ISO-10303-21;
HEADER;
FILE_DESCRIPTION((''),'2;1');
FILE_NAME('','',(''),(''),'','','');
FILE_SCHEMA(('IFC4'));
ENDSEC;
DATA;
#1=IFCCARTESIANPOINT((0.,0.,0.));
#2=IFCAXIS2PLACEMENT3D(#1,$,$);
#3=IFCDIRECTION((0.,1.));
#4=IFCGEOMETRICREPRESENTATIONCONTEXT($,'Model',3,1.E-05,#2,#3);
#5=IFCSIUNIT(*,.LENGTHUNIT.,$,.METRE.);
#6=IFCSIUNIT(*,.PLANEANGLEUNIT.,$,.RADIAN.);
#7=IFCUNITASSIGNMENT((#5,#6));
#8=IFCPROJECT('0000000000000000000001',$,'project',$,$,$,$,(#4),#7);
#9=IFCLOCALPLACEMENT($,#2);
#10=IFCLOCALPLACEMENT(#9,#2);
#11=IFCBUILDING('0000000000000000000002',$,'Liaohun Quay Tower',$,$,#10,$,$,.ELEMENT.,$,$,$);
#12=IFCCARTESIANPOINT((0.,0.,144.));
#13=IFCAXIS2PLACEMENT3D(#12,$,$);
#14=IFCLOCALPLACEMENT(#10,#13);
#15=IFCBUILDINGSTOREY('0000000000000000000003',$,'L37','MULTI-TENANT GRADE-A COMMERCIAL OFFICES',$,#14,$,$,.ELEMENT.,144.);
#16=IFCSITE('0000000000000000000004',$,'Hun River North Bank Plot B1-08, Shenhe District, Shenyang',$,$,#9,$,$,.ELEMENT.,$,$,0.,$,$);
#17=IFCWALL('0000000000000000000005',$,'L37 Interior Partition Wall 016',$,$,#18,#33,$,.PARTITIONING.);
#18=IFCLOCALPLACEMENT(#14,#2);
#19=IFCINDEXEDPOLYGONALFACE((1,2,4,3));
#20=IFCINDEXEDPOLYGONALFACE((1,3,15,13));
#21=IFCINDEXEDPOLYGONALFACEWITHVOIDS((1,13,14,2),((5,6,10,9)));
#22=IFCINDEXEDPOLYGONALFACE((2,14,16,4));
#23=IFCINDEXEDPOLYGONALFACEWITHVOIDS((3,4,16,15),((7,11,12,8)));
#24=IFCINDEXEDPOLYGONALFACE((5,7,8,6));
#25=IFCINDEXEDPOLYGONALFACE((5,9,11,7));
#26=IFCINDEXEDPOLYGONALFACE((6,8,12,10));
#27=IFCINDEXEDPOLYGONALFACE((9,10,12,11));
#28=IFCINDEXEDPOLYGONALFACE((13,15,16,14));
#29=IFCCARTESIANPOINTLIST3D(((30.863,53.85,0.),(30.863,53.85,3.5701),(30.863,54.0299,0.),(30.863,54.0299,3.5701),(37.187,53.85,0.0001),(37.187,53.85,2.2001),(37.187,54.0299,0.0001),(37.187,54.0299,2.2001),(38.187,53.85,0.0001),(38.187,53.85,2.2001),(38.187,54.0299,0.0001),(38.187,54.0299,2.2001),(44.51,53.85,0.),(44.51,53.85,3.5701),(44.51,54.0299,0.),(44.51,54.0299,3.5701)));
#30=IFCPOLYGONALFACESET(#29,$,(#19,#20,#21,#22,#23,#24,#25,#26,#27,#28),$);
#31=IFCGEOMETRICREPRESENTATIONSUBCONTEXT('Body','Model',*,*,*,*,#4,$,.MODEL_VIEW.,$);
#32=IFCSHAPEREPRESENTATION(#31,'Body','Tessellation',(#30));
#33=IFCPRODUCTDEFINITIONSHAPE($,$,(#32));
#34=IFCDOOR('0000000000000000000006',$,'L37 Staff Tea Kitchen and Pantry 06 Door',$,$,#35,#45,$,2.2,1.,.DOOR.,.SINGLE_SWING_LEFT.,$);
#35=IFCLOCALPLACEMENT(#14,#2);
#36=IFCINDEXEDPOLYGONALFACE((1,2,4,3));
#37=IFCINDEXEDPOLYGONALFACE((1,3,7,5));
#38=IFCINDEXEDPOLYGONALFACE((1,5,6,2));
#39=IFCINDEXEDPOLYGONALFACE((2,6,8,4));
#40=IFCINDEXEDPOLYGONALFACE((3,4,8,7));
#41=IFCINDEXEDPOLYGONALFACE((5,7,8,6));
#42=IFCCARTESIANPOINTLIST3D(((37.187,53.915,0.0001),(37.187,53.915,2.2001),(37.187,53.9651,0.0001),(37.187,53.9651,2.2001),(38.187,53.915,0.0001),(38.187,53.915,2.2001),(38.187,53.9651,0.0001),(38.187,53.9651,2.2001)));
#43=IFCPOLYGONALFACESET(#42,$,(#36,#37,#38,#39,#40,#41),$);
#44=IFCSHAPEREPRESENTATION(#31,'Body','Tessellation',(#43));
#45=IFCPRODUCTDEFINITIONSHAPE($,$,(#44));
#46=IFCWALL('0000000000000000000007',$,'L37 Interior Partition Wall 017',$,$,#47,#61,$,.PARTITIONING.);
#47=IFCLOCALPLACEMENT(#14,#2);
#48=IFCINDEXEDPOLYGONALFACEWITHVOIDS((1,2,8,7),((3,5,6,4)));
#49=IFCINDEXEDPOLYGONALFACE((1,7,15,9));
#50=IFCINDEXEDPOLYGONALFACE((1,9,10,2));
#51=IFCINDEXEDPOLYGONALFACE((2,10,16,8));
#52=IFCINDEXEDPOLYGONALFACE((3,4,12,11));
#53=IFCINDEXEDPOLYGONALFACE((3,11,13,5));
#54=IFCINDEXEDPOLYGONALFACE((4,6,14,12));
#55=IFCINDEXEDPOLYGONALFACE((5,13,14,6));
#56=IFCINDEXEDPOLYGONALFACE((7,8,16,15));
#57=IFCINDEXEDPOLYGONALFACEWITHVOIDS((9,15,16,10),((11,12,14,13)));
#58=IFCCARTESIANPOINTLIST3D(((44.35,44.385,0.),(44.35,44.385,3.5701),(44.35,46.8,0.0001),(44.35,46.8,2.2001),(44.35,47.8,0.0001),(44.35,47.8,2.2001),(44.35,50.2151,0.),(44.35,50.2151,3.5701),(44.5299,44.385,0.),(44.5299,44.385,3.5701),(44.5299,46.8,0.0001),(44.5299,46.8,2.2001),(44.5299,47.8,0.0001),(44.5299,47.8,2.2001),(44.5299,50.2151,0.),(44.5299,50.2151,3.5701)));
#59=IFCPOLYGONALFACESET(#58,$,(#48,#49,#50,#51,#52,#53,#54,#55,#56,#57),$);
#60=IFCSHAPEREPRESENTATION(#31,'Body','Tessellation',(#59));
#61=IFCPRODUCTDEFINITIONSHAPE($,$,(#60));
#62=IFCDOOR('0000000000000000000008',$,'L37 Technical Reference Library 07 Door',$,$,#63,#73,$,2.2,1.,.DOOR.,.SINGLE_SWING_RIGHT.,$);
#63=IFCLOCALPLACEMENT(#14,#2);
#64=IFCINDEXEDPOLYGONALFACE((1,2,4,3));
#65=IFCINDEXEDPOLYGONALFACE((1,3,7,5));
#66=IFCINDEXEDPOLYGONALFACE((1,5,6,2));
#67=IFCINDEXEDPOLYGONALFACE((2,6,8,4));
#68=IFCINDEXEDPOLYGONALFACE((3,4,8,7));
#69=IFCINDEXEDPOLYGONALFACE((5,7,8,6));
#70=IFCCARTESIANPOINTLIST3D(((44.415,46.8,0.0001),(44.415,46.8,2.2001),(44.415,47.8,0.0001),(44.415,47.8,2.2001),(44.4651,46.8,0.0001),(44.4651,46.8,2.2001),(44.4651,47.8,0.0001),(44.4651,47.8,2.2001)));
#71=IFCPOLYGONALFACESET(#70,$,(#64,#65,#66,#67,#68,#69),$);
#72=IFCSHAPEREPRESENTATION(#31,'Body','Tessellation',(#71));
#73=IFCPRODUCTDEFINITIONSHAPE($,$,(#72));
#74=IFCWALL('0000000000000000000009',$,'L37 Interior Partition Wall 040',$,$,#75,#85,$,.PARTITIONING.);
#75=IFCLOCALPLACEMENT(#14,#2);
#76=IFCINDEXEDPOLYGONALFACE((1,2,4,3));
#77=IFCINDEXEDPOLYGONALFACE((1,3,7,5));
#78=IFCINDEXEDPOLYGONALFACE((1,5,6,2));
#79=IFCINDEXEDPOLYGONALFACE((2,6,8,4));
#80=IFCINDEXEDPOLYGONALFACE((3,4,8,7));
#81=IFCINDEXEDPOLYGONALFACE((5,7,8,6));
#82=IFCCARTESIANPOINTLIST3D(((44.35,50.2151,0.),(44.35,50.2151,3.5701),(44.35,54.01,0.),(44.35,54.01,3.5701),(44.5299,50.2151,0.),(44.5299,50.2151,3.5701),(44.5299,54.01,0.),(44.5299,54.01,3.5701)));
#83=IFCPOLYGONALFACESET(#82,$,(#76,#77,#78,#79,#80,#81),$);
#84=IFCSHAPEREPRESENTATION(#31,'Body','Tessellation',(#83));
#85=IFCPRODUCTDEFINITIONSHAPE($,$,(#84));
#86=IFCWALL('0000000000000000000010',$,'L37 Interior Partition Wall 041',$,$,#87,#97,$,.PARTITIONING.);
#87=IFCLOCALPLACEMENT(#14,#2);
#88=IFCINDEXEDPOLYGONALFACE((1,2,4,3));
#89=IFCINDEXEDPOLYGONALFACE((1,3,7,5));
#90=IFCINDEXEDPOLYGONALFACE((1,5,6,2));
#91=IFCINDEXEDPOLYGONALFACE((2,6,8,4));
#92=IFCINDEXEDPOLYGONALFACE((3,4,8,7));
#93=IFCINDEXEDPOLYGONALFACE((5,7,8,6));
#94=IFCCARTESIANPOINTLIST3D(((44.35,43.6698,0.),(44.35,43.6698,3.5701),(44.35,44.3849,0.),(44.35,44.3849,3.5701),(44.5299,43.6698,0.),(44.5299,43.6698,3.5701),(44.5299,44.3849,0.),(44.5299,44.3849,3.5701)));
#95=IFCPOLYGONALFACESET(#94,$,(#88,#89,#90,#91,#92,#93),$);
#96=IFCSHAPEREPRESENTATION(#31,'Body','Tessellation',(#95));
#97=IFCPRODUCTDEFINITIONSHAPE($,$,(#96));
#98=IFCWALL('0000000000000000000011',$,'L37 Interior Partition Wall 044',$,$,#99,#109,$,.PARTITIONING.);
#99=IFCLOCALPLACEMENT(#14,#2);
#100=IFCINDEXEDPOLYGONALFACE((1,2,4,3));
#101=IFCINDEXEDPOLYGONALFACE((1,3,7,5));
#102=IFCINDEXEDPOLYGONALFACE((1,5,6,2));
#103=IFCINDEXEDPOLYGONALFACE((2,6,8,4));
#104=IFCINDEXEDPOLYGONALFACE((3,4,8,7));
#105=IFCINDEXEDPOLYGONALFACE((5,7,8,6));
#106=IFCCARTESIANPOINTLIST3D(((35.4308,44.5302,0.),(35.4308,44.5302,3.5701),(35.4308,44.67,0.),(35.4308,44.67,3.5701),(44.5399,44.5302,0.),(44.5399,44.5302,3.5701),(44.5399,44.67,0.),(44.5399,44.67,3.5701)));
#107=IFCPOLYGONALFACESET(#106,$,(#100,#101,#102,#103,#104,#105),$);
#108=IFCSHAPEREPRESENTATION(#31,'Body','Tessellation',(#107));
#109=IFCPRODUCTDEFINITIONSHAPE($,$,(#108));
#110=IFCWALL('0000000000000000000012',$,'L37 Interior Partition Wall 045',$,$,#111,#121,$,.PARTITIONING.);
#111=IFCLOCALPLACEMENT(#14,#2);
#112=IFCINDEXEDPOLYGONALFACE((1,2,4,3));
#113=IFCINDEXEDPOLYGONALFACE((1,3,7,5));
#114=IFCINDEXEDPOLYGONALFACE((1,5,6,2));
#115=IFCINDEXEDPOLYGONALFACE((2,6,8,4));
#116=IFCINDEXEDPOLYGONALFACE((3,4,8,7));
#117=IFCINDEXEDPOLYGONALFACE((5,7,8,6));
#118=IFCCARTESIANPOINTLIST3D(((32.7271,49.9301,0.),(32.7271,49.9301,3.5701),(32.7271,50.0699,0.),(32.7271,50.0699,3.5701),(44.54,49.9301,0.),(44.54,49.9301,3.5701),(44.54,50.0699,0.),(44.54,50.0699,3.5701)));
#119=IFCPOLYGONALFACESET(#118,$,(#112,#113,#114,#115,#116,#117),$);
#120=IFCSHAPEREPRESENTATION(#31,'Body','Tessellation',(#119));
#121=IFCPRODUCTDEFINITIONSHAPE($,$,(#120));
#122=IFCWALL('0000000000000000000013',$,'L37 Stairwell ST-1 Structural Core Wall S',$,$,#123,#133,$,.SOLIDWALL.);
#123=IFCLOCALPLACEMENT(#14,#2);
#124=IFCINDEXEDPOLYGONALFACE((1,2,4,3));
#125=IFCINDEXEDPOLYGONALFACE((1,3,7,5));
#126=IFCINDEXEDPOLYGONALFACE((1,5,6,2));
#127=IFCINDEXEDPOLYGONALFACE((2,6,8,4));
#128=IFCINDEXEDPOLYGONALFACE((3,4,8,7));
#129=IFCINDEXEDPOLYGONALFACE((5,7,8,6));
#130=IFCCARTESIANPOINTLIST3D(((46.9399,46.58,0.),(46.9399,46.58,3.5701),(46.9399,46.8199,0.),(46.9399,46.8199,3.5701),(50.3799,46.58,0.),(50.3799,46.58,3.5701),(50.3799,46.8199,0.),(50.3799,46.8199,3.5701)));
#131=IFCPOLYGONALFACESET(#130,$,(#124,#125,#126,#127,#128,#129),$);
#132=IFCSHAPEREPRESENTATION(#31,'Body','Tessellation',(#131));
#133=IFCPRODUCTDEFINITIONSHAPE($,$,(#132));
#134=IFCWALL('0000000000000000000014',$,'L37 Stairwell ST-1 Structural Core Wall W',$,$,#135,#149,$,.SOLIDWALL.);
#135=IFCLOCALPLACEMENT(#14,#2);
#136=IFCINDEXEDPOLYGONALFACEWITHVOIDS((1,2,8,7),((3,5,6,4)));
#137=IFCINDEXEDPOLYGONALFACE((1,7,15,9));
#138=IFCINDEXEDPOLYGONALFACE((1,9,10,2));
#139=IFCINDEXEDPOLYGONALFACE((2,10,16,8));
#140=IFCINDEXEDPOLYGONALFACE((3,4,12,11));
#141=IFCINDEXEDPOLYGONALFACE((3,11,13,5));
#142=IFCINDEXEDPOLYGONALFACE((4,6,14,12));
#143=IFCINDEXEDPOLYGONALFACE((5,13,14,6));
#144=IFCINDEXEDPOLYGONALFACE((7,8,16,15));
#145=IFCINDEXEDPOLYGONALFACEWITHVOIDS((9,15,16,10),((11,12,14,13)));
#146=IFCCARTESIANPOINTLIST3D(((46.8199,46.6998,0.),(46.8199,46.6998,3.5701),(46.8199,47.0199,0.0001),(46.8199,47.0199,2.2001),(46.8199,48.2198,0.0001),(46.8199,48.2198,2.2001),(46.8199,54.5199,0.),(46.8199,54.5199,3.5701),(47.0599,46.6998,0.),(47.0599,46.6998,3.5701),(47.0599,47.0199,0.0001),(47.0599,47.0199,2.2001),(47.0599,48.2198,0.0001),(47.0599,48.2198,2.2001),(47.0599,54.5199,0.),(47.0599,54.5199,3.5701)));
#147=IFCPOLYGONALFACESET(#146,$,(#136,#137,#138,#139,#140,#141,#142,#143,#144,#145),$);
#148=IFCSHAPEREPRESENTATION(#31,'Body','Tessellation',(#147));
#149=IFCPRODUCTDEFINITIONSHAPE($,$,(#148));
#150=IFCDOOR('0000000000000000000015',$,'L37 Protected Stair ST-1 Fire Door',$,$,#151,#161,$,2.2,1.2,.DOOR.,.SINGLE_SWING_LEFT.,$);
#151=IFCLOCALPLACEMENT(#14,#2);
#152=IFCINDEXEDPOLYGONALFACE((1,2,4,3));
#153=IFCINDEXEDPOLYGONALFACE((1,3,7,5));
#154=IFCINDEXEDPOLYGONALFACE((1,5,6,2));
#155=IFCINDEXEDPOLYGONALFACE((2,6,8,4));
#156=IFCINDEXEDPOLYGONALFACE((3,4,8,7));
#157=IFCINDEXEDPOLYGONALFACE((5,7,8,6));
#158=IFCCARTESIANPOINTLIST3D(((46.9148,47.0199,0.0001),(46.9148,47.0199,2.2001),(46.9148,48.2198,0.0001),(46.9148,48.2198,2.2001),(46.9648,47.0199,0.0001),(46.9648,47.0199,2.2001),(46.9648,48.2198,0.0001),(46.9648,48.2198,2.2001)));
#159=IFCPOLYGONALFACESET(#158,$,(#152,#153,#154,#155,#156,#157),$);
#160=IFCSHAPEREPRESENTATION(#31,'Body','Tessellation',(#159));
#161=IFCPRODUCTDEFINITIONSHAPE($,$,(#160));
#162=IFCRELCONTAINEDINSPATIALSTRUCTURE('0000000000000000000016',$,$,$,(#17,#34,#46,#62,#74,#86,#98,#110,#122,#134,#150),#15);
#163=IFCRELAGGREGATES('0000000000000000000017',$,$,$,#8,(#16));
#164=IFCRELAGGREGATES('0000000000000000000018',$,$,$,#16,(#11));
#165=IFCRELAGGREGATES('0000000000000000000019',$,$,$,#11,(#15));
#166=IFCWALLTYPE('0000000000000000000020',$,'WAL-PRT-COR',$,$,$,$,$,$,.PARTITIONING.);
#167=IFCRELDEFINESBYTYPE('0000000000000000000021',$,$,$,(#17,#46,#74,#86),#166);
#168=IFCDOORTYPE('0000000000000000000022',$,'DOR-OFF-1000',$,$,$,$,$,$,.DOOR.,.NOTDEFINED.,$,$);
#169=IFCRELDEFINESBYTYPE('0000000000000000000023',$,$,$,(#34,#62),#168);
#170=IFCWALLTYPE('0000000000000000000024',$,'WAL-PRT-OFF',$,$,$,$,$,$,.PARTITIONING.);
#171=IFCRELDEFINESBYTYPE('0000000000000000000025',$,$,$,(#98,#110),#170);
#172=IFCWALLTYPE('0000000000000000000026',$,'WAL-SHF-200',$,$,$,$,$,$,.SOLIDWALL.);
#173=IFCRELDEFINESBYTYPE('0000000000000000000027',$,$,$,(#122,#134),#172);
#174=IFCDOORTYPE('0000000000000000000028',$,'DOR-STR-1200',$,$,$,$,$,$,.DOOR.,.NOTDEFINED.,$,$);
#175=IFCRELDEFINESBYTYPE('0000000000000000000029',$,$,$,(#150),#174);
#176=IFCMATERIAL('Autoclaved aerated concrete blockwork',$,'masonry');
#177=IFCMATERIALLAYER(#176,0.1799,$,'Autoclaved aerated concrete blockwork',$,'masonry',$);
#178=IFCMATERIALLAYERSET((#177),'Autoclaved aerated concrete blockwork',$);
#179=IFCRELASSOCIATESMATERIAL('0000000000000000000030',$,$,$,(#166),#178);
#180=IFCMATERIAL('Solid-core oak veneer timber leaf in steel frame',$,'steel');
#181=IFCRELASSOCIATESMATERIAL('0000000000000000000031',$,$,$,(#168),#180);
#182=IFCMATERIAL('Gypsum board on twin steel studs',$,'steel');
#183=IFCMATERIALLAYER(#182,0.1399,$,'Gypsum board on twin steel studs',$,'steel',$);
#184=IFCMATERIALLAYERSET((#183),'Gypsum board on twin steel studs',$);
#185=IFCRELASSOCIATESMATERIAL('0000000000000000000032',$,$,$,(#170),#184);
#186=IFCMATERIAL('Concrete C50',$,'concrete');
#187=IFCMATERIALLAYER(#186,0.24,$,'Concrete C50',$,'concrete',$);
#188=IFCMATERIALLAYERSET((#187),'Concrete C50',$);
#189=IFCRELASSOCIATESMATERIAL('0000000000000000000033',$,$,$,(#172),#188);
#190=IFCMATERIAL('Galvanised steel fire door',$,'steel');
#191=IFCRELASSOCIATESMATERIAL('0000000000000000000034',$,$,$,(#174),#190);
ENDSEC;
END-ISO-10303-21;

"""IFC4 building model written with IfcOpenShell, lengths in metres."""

from ifc_helpers import new_model, si_unit, direction, frame, frame_2d, origin, place, context, subcontext, project, spatial, rectangle, extrude, source, transform, mapped, material, layer, layer_set, type_object, element, fill, save


model = new_model("IFC4")

# Units and contexts
model_context = context("Model", 3, precision=1e-05, world=origin(), true_north=direction((0.0, 1.0)))
body_context = subcontext(model_context, "Body", "Model", "MODEL_VIEW")
ifc_project = project(units=[si_unit("LENGTHUNIT", "METRE"), si_unit("PLANEANGLEUNIT", "RADIAN")], contexts=[model_context])

# Site, building, storey
site_placement = place(None, origin())
site = spatial("IfcSite", under=ifc_project, at=site_placement, Name="Hun River North Bank Plot B1-08, Shenhe District, Shenyang", CompositionType="ELEMENT", RefElevation=0.0)
building_placement = place(site_placement, origin())
building = spatial("IfcBuilding", under=site, at=building_placement, Name="Liaohun Quay Tower", CompositionType="ELEMENT")
storey_placement = place(building_placement, frame((0.0, 0.0, 144.0)))
storey = spatial("IfcBuildingStorey", under=building, at=storey_placement, Name="L37", Description="MULTI-TENANT GRADE-A COMMERCIAL OFFICES", CompositionType="ELEMENT", Elevation=144.0)

# Walls, openings, doors
ifc_material_1 = material(Name="Autoclaved aerated concrete blockwork", Category="masonry")
ifc_layer_1 = layer(ifc_material_1, 0.1799, Name="Autoclaved aerated concrete blockwork", Category="masonry")
ifc_layer_set_1 = layer_set([ifc_layer_1], Name="Autoclaved aerated concrete blockwork")
wall_type_1 = type_object("IfcWallType", Name="WAL-PRT-COR", PredefinedType="PARTITIONING", material=ifc_layer_set_1)
wall_1_placement = place(storey_placement, frame((44.51, 53.9399, 0.0), z_axis=(0.0, 0.0, 1.0), x_axis=(-1.0, 0.0, 0.0)))
wall_1 = element("IfcWall", 1, at=wall_1_placement, inside=storey, type_object=wall_type_1, Name="L37 Interior Partition Wall 016", PredefinedType="PARTITIONING", context=body_context, shape_type="SweptSolid", body=[
    extrude(rectangle(XDim=13.647, YDim=0.1799, at=frame_2d((6.8235, 0.0))), origin(), (0.0, 0.0, 1.0), 3.5701),
])
shared_shape_1 = source(origin(), body_context, "Body", "SweptSolid", [
    extrude(rectangle(XDim=1.0, YDim=2.2, at=frame_2d((0.5, 1.1001))), frame((0.0, 0.0999, 0.0), z_axis=(0.0, -1.0, 0.0), x_axis=(1.0, 0.0, 0.0)), (0.0, 0.0, 1.0), 0.2),
])
opening_1_placement = place(wall_1_placement, frame((6.323, 0.0, 0.0)))
opening_1 = element("IfcOpeningElement", 2, at=opening_1_placement, cuts=wall_1, PredefinedType="OPENING", context=body_context, shape_type="MappedRepresentation", body=[
    mapped(shared_shape_1, transform((0.0, 0.0, 0.0), x_axis=(1.0, 0.0, 0.0), y_axis=(0.0, 1.0, 0.0), z_axis=(0.0, 0.0, 1.0), scale=1.0)),
])
ifc_material_2 = material(Name="Solid-core oak veneer timber leaf in steel frame", Category="steel")
door_type_1 = type_object("IfcDoorType", Name="DOR-OFF-1000", OperationType="NOTDEFINED", PredefinedType="DOOR", material=ifc_material_2)
shared_shape_2 = source(origin(), body_context, "Body", "SweptSolid", [
    extrude(rectangle(XDim=1.0, YDim=2.2, at=frame_2d((0.5, 1.1001))), frame((0.0, 0.0249, 0.0), z_axis=(0.0, -1.0, 0.0), x_axis=(1.0, 0.0, 0.0)), (0.0, 0.0, 1.0), 0.05),
])
door_1_placement = place(opening_1_placement, origin())
door_1 = element("IfcDoor", 3, at=door_1_placement, inside=storey, type_object=door_type_1, Name="L37 Staff Tea Kitchen and Pantry 06 Door", OperationType="SINGLE_SWING_LEFT", OverallHeight=2.2, OverallWidth=1.0, PredefinedType="DOOR", context=body_context, shape_type="MappedRepresentation", body=[
    mapped(shared_shape_2, transform((0.0, 0.0, 0.0), x_axis=(1.0, 0.0, 0.0), y_axis=(0.0, 1.0, 0.0), z_axis=(0.0, 0.0, 1.0), scale=1.0)),
])
fill(opening_1, door_1)
wall_2_placement = place(storey_placement, frame((44.4399, 44.385, 0.0), z_axis=(0.0, 0.0, 1.0), x_axis=(0.0, 1.0, 0.0)))
wall_2 = element("IfcWall", 4, at=wall_2_placement, inside=storey, type_object=wall_type_1, Name="L37 Interior Partition Wall 017", PredefinedType="PARTITIONING", context=body_context, shape_type="SweptSolid", body=[
    extrude(rectangle(XDim=5.8301, YDim=0.1799, at=frame_2d((2.915, 0.0))), origin(), (0.0, 0.0, 1.0), 3.5701),
])
opening_2_placement = place(wall_2_placement, frame((2.415, 0.0, 0.0)))
opening_2 = element("IfcOpeningElement", 5, at=opening_2_placement, cuts=wall_2, PredefinedType="OPENING", context=body_context, shape_type="MappedRepresentation", body=[
    mapped(shared_shape_1, transform((0.0, 0.0, 0.0), x_axis=(1.0, 0.0, 0.0), y_axis=(0.0, 1.0, 0.0), z_axis=(0.0, 0.0, 1.0), scale=1.0)),
])
door_2_placement = place(opening_2_placement, origin())
door_2 = element("IfcDoor", 6, at=door_2_placement, inside=storey, type_object=door_type_1, Name="L37 Technical Reference Library 07 Door", OperationType="SINGLE_SWING_RIGHT", OverallHeight=2.2, OverallWidth=1.0, PredefinedType="DOOR", context=body_context, shape_type="MappedRepresentation", body=[
    mapped(shared_shape_2, transform((0.0, 0.0, 0.0), x_axis=(1.0, 0.0, 0.0), y_axis=(0.0, 1.0, 0.0), z_axis=(0.0, 0.0, 1.0), scale=1.0)),
])
fill(opening_2, door_2)

# Walls
wall_3_placement = place(storey_placement, frame((44.4399, 50.2151, 0.0), z_axis=(0.0, 0.0, 1.0), x_axis=(0.0, 1.0, 0.0)))
element("IfcWall", 7, at=wall_3_placement, inside=storey, type_object=wall_type_1, Name="L37 Interior Partition Wall 040", PredefinedType="PARTITIONING", context=body_context, shape_type="SweptSolid", body=[
    extrude(rectangle(XDim=3.7949, YDim=0.1799, at=frame_2d((1.8975, 0.0))), origin(), (0.0, 0.0, 1.0), 3.5701),
])
wall_4_placement = place(storey_placement, frame((44.4399, 43.6699, 0.0), z_axis=(0.0, 0.0, 1.0), x_axis=(0.0, 1.0, 0.0)))
element("IfcWall", 8, at=wall_4_placement, inside=storey, type_object=wall_type_1, Name="L37 Interior Partition Wall 041", PredefinedType="PARTITIONING", context=body_context, shape_type="SweptSolid", body=[
    extrude(rectangle(XDim=0.7151, YDim=0.1799, at=frame_2d((0.3574, 0.0))), origin(), (0.0, 0.0, 1.0), 3.5701),
])
ifc_material_3 = material(Name="Gypsum board on twin steel studs", Category="steel")
ifc_layer_2 = layer(ifc_material_3, 0.1399, Name="Gypsum board on twin steel studs", Category="steel")
ifc_layer_set_2 = layer_set([ifc_layer_2], Name="Gypsum board on twin steel studs")
wall_type_2 = type_object("IfcWallType", Name="WAL-PRT-OFF", PredefinedType="PARTITIONING", material=ifc_layer_set_2)
wall_5_placement = place(storey_placement, frame((44.54, 44.6001, 0.0), z_axis=(0.0, 0.0, 1.0), x_axis=(-1.0, 0.0, 0.0)))
element("IfcWall", 9, at=wall_5_placement, inside=storey, type_object=wall_type_2, Name="L37 Interior Partition Wall 044", PredefinedType="PARTITIONING", context=body_context, shape_type="SweptSolid", body=[
    extrude(rectangle(XDim=9.1091, YDim=0.1399, at=frame_2d((4.5547, 0.0))), origin(), (0.0, 0.0, 1.0), 3.5701),
])
wall_6_placement = place(storey_placement, frame((44.54, 50.0, 0.0), z_axis=(0.0, 0.0, 1.0), x_axis=(-1.0, 0.0, 0.0)))
element("IfcWall", 10, at=wall_6_placement, inside=storey, type_object=wall_type_2, Name="L37 Interior Partition Wall 045", PredefinedType="PARTITIONING", context=body_context, shape_type="SweptSolid", body=[
    extrude(rectangle(XDim=11.813, YDim=0.1399, at=frame_2d((5.9065, 0.0))), origin(), (0.0, 0.0, 1.0), 3.5701),
])
ifc_material_4 = material(Name="Concrete C50", Category="concrete")
ifc_layer_3 = layer(ifc_material_4, 0.24, Name="Concrete C50", Category="concrete")
ifc_layer_set_3 = layer_set([ifc_layer_3], Name="Concrete C50")
wall_type_3 = type_object("IfcWallType", Name="WAL-SHF-200", PredefinedType="SOLIDWALL", material=ifc_layer_set_3)
wall_7_placement = place(storey_placement, frame((46.9399, 46.7, 0.0), z_axis=(0.0, 0.0, 1.0), x_axis=(1.0, 0.0, 0.0)))
element("IfcWall", 11, at=wall_7_placement, inside=storey, type_object=wall_type_3, Name="L37 Stairwell ST-1 Structural Core Wall S", PredefinedType="SOLIDWALL", context=body_context, shape_type="SweptSolid", body=[
    extrude(rectangle(XDim=3.4399, YDim=0.24, at=frame_2d((1.72, 0.0))), origin(), (0.0, 0.0, 1.0), 3.5701),
])

# Wall, opening, door
wall_8_placement = place(storey_placement, frame((46.9399, 54.52, 0.0), z_axis=(0.0, 0.0, 1.0), x_axis=(0.0, -1.0, 0.0)))
wall_8 = element("IfcWall", 12, at=wall_8_placement, inside=storey, type_object=wall_type_3, Name="L37 Stairwell ST-1 Structural Core Wall W", PredefinedType="SOLIDWALL", context=body_context, shape_type="SweptSolid", body=[
    extrude(rectangle(XDim=7.8201, YDim=0.24, at=frame_2d((3.9102, 0.0))), origin(), (0.0, 0.0, 1.0), 3.5701),
])
shared_shape_3 = source(origin(), body_context, "Body", "SweptSolid", [
    extrude(rectangle(XDim=1.2, YDim=2.2, at=frame_2d((0.6001, 1.1001))), frame((0.0, 0.1299, 0.0), z_axis=(0.0, -1.0, 0.0), x_axis=(1.0, 0.0, 0.0)), (0.0, 0.0, 1.0), 0.26),
])
opening_3_placement = place(wall_8_placement, frame((6.3, 0.0, 0.0)))
opening_3 = element("IfcOpeningElement", 13, at=opening_3_placement, cuts=wall_8, PredefinedType="OPENING", context=body_context, shape_type="MappedRepresentation", body=[
    mapped(shared_shape_3, transform((0.0, 0.0, 0.0), x_axis=(1.0, 0.0, 0.0), y_axis=(0.0, 1.0, 0.0), z_axis=(0.0, 0.0, 1.0), scale=1.0)),
])
ifc_material_5 = material(Name="Galvanised steel fire door", Category="steel")
door_type_2 = type_object("IfcDoorType", Name="DOR-STR-1200", OperationType="NOTDEFINED", PredefinedType="DOOR", material=ifc_material_5)
shared_shape_4 = source(origin(), body_context, "Body", "SweptSolid", [
    extrude(rectangle(XDim=1.2, YDim=2.2, at=frame_2d((0.6001, 1.1001))), frame((0.0, 0.0249, 0.0), z_axis=(0.0, -1.0, 0.0), x_axis=(1.0, 0.0, 0.0)), (0.0, 0.0, 1.0), 0.05),
])
door_3_placement = place(opening_3_placement, origin())
door_3 = element("IfcDoor", 14, at=door_3_placement, inside=storey, type_object=door_type_2, Name="L37 Protected Stair ST-1 Fire Door", OperationType="SINGLE_SWING_LEFT", OverallHeight=2.2, OverallWidth=1.2, PredefinedType="DOOR", context=body_context, shape_type="MappedRepresentation", body=[
    mapped(shared_shape_4, transform((0.0, 0.0, 0.0), x_axis=(1.0, 0.0, 0.0), y_axis=(0.0, 1.0, 0.0), z_axis=(0.0, 0.0, 1.0), scale=1.0)),
])
fill(opening_3, door_3)

save(model, "model.ifc")
